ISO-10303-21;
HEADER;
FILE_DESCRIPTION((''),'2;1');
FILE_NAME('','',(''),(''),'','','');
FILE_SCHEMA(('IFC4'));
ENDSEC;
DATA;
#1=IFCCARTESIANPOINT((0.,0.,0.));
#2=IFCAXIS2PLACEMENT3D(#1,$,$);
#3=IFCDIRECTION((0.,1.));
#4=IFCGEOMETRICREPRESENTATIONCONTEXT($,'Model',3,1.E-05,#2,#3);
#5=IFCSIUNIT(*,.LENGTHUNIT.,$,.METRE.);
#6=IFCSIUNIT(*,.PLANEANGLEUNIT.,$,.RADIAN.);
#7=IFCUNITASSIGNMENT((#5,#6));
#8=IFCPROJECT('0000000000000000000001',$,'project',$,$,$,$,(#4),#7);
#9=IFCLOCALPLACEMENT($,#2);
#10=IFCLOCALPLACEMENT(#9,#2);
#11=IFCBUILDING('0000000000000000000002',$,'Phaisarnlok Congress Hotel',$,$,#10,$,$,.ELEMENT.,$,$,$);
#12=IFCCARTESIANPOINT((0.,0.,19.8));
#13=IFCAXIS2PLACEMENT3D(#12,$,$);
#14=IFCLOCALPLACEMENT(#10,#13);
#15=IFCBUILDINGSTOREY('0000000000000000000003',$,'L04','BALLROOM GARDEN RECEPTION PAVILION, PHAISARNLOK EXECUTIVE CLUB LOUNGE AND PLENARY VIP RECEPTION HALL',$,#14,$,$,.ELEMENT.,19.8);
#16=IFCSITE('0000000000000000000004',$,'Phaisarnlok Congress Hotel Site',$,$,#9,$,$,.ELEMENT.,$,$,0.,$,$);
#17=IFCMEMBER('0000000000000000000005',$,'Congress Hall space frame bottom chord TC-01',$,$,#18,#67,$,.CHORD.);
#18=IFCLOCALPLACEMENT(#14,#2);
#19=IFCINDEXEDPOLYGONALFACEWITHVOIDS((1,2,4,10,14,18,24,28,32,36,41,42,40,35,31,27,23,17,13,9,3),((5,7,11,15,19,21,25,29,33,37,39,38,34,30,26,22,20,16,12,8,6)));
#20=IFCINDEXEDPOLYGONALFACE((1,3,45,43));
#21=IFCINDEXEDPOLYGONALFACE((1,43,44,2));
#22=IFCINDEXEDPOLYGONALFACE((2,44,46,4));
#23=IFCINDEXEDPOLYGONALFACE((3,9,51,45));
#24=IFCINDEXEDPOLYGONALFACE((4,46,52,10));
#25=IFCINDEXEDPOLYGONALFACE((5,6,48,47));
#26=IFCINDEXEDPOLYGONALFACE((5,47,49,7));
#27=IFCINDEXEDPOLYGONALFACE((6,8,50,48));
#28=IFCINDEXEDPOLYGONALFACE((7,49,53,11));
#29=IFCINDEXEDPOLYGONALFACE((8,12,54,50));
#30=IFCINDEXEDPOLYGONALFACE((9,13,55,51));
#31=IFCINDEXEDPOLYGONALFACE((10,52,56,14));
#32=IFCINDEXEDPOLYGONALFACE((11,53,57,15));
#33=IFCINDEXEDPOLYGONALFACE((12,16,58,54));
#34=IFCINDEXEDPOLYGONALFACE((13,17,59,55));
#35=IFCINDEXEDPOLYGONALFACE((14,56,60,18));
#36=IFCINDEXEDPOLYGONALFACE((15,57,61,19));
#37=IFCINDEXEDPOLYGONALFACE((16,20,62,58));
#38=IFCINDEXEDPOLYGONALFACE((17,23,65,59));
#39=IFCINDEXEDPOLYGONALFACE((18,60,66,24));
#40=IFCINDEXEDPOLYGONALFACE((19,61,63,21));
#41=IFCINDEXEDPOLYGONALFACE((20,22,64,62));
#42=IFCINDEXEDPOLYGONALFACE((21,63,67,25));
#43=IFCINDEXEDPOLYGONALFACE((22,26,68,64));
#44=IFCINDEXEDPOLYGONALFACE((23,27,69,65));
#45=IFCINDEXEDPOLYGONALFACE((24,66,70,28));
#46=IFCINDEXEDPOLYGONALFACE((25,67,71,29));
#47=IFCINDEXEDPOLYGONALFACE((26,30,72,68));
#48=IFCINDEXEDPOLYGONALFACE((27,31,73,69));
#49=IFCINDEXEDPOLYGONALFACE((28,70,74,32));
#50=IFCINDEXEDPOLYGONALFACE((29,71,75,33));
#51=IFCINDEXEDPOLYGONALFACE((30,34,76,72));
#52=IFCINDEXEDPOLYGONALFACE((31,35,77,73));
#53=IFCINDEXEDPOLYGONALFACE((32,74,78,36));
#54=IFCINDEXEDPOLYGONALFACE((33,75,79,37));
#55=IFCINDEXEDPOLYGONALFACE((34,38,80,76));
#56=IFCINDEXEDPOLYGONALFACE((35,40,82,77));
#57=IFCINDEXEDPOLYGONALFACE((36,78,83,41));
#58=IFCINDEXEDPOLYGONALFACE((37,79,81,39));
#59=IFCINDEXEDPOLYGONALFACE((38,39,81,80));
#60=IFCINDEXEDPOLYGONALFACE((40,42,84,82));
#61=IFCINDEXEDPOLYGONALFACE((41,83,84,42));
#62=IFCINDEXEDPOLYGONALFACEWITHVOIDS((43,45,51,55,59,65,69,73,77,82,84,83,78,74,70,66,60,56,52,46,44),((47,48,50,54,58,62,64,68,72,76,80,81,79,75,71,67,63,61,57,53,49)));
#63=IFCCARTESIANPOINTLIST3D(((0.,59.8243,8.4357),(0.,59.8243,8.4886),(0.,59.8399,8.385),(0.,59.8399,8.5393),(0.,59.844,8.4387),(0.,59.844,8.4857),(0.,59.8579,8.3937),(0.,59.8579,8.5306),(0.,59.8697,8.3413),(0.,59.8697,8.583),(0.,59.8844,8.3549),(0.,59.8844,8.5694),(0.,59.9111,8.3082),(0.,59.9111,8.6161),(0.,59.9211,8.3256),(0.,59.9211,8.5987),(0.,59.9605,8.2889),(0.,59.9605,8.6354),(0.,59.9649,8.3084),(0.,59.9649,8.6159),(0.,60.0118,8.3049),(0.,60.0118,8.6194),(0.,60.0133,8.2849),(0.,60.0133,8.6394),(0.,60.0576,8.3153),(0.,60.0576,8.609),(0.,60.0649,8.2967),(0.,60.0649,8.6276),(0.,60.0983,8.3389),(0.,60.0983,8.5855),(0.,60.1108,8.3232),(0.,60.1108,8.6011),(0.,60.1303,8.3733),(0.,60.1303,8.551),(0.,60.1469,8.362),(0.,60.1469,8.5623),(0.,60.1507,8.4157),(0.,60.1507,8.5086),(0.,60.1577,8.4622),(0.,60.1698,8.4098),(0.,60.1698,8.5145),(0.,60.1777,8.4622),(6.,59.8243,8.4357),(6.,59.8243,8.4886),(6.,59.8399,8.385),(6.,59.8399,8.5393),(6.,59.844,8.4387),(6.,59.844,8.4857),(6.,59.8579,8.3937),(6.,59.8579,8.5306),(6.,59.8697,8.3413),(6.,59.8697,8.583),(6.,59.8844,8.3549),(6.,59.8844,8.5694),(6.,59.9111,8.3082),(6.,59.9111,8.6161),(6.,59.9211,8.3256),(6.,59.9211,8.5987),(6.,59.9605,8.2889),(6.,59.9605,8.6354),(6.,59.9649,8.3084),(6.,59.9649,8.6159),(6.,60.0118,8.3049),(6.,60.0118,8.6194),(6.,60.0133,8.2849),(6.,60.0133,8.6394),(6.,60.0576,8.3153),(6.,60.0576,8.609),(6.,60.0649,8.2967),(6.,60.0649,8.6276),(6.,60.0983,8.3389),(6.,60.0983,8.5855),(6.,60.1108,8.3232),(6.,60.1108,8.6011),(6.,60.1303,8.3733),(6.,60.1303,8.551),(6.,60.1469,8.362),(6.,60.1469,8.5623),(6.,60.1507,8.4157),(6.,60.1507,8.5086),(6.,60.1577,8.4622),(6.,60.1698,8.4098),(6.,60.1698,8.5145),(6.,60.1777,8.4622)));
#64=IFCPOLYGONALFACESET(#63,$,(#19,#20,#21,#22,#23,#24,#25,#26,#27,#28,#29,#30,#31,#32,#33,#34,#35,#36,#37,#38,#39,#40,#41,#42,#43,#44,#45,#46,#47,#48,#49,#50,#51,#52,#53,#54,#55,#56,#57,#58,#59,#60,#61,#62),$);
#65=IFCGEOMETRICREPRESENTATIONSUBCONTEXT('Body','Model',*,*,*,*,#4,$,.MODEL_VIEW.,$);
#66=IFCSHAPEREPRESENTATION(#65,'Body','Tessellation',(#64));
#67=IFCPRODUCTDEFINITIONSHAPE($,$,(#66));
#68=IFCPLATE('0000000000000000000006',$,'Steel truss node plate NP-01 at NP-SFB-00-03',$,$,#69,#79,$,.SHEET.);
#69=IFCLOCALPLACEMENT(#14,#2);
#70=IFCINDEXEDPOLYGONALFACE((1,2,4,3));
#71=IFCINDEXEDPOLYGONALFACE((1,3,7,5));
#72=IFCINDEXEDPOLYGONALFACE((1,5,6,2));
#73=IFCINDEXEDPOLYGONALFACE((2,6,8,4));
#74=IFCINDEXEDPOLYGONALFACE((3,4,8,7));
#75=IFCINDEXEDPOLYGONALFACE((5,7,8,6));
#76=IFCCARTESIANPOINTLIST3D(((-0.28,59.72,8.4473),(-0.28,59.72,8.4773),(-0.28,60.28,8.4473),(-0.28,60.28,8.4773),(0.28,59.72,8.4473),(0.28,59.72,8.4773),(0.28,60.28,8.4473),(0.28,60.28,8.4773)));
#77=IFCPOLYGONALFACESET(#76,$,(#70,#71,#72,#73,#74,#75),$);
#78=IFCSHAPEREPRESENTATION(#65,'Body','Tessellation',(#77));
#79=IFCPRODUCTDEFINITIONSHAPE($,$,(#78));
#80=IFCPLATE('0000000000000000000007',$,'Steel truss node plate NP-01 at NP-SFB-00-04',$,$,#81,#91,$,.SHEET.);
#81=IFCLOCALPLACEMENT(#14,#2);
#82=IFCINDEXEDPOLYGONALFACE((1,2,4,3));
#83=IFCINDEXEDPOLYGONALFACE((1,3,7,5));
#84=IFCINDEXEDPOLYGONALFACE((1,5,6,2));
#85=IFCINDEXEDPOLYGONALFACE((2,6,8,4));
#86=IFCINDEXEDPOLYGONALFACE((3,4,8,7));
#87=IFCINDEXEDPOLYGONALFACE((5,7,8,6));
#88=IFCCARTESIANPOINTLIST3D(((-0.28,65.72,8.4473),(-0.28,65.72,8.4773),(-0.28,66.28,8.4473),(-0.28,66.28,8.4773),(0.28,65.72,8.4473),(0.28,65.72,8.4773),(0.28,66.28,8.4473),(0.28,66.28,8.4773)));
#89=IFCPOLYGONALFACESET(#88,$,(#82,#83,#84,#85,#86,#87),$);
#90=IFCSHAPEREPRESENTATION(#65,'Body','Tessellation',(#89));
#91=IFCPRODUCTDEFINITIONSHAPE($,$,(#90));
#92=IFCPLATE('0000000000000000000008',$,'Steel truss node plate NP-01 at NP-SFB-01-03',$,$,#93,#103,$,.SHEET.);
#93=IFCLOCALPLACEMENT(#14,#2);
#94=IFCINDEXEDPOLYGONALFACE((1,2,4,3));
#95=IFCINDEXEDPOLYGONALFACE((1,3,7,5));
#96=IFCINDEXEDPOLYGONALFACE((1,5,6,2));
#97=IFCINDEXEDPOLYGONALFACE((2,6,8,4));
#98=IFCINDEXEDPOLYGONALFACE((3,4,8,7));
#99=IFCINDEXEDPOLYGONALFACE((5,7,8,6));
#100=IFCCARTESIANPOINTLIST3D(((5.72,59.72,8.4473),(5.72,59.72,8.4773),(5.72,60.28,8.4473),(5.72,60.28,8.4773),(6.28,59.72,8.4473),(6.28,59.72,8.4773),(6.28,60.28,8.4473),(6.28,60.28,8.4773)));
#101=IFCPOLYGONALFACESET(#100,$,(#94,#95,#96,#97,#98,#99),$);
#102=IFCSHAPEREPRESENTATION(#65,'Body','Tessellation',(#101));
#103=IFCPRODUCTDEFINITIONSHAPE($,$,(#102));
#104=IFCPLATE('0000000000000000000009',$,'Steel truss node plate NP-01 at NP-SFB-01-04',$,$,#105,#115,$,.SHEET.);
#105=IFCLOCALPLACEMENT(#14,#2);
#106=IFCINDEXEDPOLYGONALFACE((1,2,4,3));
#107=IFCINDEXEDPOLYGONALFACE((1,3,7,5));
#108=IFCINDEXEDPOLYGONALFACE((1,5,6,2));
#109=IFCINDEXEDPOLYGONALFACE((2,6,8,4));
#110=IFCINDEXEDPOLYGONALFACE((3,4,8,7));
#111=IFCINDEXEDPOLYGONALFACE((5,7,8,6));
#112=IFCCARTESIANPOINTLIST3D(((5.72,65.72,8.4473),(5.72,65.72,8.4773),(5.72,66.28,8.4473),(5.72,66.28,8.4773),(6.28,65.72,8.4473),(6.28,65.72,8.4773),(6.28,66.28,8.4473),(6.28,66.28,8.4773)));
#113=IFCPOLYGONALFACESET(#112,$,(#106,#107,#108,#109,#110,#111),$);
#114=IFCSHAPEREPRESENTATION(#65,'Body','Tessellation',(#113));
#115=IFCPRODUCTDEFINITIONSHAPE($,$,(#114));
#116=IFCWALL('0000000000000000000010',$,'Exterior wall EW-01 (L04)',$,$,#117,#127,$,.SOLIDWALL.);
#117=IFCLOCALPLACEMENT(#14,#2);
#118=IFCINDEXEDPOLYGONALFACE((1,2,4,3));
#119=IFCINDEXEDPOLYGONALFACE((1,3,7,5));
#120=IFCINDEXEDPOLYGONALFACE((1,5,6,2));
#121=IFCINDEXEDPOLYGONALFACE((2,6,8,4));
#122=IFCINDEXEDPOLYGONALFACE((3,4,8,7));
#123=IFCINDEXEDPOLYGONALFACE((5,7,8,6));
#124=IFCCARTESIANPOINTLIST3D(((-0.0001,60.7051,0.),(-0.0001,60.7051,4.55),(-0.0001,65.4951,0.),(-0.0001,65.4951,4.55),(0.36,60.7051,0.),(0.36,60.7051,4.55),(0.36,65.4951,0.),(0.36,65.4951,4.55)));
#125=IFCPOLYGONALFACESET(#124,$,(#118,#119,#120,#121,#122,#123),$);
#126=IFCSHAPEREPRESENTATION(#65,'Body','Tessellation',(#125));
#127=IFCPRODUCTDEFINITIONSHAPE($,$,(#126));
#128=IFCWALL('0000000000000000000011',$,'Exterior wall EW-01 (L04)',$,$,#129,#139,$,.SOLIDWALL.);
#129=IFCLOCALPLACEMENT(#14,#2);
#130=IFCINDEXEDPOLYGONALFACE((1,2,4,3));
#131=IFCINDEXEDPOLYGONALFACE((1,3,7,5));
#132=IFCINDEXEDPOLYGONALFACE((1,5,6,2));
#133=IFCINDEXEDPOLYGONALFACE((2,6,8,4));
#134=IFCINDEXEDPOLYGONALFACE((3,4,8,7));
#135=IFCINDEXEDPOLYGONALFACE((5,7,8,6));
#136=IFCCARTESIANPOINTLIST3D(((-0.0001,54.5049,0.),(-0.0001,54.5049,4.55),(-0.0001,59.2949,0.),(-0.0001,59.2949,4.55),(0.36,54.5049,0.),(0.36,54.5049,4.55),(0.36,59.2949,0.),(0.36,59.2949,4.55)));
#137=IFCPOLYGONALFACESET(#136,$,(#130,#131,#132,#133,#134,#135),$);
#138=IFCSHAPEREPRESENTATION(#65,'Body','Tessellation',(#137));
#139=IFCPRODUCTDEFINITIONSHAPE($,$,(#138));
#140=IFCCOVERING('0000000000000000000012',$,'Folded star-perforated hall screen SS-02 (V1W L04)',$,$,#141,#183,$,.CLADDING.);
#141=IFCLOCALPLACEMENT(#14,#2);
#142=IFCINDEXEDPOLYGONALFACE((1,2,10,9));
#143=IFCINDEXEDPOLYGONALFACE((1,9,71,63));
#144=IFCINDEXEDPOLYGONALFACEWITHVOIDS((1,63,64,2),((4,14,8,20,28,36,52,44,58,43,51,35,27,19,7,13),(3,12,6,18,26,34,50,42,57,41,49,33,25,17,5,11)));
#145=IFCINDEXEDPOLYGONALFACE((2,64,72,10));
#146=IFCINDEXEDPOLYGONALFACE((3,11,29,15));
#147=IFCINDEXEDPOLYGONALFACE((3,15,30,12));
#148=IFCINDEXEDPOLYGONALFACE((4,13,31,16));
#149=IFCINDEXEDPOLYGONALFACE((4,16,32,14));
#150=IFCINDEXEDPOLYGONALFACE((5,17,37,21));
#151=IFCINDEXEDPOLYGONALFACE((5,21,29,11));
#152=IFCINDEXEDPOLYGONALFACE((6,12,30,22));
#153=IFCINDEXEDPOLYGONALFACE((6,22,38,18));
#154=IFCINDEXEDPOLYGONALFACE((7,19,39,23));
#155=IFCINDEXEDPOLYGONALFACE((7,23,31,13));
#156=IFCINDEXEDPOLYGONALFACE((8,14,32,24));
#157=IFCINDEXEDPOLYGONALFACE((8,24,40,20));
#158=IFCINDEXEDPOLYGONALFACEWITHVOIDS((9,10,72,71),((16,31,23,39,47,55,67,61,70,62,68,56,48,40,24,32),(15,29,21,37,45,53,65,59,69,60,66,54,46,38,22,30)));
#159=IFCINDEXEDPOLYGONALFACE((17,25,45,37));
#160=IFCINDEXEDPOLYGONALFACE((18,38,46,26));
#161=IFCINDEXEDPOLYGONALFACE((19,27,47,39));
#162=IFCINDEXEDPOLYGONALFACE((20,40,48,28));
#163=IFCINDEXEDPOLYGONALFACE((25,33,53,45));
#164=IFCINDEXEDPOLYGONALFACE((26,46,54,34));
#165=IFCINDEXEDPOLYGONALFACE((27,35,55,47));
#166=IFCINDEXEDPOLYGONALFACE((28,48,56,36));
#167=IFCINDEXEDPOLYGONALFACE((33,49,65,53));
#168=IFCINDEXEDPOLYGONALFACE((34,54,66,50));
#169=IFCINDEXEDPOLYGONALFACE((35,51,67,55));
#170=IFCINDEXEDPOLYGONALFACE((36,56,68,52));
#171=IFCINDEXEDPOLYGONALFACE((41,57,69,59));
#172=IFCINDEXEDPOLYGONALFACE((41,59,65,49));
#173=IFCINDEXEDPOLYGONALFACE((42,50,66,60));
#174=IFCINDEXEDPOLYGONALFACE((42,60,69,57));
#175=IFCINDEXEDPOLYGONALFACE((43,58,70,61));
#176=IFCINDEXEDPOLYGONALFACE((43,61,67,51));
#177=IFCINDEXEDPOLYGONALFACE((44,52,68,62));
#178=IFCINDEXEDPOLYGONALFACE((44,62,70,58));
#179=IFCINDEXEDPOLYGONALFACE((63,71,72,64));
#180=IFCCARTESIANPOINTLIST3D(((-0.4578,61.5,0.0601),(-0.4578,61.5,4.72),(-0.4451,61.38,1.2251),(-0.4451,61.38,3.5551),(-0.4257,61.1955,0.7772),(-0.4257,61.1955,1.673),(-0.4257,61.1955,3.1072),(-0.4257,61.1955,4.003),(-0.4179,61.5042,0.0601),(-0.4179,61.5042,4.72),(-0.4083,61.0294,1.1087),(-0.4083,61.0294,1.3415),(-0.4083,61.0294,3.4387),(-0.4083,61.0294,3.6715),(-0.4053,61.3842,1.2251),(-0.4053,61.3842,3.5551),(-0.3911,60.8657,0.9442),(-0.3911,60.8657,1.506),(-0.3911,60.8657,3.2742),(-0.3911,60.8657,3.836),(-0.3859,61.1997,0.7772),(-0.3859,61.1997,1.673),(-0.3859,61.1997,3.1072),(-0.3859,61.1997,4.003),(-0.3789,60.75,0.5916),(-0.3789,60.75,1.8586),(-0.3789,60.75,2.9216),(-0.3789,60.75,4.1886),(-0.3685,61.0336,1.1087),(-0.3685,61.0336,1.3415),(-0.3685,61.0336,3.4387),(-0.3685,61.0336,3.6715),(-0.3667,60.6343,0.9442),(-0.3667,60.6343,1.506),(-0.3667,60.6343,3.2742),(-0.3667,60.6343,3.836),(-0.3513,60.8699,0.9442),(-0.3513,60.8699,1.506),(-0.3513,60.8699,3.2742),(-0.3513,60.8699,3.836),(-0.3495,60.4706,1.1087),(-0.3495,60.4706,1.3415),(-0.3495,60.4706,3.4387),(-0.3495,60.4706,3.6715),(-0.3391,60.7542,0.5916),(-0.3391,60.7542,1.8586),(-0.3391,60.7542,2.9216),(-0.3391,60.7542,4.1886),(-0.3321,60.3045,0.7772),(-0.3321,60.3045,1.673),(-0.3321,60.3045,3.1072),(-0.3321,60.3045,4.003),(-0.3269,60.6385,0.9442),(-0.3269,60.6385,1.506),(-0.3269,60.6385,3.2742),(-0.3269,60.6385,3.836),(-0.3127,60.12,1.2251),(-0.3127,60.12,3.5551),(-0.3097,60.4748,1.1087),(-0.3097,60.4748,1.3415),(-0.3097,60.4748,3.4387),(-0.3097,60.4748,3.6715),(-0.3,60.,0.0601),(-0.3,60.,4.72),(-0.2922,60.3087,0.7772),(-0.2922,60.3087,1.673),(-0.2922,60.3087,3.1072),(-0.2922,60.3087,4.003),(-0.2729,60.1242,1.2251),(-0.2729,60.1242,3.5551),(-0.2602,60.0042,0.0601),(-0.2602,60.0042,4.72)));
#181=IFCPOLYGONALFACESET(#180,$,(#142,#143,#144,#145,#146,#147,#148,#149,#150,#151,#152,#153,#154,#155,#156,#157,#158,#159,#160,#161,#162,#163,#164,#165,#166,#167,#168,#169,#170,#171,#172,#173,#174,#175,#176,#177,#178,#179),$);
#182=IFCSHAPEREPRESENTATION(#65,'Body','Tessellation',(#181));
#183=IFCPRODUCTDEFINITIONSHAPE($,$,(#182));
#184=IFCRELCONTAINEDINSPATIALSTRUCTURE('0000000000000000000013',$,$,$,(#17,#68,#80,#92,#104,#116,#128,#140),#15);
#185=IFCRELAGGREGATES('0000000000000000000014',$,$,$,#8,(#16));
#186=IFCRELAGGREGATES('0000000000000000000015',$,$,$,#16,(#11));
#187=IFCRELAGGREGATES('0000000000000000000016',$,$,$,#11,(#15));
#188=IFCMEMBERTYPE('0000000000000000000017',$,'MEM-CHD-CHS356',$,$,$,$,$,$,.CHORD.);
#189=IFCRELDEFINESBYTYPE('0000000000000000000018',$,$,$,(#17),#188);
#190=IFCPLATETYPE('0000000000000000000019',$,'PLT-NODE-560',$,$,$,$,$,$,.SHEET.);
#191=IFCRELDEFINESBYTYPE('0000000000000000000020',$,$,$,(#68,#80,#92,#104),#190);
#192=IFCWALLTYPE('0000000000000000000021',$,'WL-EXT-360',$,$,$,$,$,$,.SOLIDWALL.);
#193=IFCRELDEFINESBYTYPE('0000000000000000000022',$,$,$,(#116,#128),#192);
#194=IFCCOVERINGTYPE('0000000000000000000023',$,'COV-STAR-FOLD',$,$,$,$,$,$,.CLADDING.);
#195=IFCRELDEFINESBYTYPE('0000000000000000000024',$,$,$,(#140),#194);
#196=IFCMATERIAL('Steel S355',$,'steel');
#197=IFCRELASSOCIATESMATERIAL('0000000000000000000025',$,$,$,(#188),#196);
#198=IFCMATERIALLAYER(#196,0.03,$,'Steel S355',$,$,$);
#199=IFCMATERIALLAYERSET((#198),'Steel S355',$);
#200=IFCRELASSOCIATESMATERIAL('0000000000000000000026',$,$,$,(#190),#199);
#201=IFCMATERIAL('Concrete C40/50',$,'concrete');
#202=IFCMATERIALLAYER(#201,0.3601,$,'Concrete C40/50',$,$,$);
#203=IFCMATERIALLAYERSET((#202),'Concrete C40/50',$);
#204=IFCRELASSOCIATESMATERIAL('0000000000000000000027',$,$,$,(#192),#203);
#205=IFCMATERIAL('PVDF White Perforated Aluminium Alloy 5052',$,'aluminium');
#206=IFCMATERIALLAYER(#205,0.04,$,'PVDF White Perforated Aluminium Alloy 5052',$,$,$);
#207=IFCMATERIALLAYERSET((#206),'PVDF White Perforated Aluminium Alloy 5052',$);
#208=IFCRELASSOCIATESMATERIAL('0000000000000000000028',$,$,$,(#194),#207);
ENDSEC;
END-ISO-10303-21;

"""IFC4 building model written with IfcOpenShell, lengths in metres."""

from ifc_helpers import new_model, si_unit, direction, frame, frame_2d, origin, origin_2d, place, context, subcontext, project, spatial, polyline, rectangle, hollow_circle, outline, extrude, material, layer, layer_set, material_profile, profile_set, type_object, element, save


model = new_model("IFC4")

# Units and contexts
model_context = context("Model", 3, precision=1e-05, world=origin(), true_north=direction((0.0, 1.0)))
body_context = subcontext(model_context, "Body", "Model", "MODEL_VIEW")
ifc_project = project(units=[si_unit("LENGTHUNIT", "METRE"), si_unit("PLANEANGLEUNIT", "RADIAN")], contexts=[model_context])

# Site, building, storey
site_placement = place(None, origin())
site = spatial("IfcSite", under=ifc_project, at=site_placement, Name="Phaisarnlok Congress Hotel Site", CompositionType="ELEMENT", RefElevation=0.0)
building_placement = place(site_placement, origin())
building = spatial("IfcBuilding", under=site, at=building_placement, Name="Phaisarnlok Congress Hotel", CompositionType="ELEMENT")
storey_placement = place(building_placement, frame((0.0, 0.0, 19.8)))
storey = spatial("IfcBuildingStorey", under=building, at=storey_placement, Name="L04", Description="BALLROOM GARDEN RECEPTION PAVILION, PHAISARNLOK EXECUTIVE CLUB LOUNGE AND PLENARY VIP RECEPTION HALL", CompositionType="ELEMENT", Elevation=19.8)

# Shared definitions
ifc_material_1 = material(Name="Steel S355", Category="steel")

# Member
ifc_material_profile_1 = material_profile(ifc_material_1, hollow_circle(Radius=0.1777, WallThickness=0.02, at=origin_2d()), Name="CHS 355.6x20")
ifc_profile_set_1 = profile_set([ifc_material_profile_1], Name="Steel S355")
member_type_1 = type_object("IfcMemberType", Name="MEM-CHD-CHS356", PredefinedType="CHORD", material=ifc_profile_set_1)
member_1_placement = place(storey_placement, frame((0.0, 60.0, 8.4622), z_axis=(1.0, 0.0, 0.0), x_axis=(0.0, 1.0, 0.0)))
element("IfcMember", 1, at=member_1_placement, inside=storey, type_object=member_type_1, Name="Congress Hall space frame bottom chord TC-01", PredefinedType="CHORD", context=body_context, shape_type="SweptSolid", body=[
    extrude(hollow_circle(Radius=0.1777, WallThickness=0.02, at=origin_2d()), origin(), (0.0, 0.0, 1.0), 6.0),
])

# Plates
ifc_layer_1 = layer(ifc_material_1, 0.03, Name="Steel S355")
ifc_layer_set_1 = layer_set([ifc_layer_1], Name="Steel S355")
plate_type = type_object("IfcPlateType", Name="PLT-NODE-560", PredefinedType="SHEET", material=ifc_layer_set_1)
for number, where, z_axis, x_axis, name in (
    (2, (0.0, 60.0, 8.4473), (0.0, 0.0, 1.0), (1.0, 0.0, 0.0), "Steel truss node plate NP-01 at NP-SFB-00-03"),
    (3, (0.0, 66.0, 8.4473), (0.0, 0.0, 1.0), (1.0, 0.0, 0.0), "Steel truss node plate NP-01 at NP-SFB-00-04"),
    (4, (6.0, 60.0, 8.4473), (0.0, 0.0, 1.0), (1.0, 0.0, 0.0), "Steel truss node plate NP-01 at NP-SFB-01-03"),
    (5, (6.0, 66.0, 8.4473), (0.0, 0.0, 1.0), (1.0, 0.0, 0.0), "Steel truss node plate NP-01 at NP-SFB-01-04"),
):
    element("IfcPlate", number, at=place(storey_placement, frame(where, z_axis=z_axis, x_axis=x_axis)), inside=storey, type_object=plate_type, Name=name, PredefinedType="SHEET", context=body_context, shape_type="SweptSolid", body=[
        extrude(rectangle(XDim=0.5601, YDim=0.5601, at=origin_2d()), origin(), (0.0, 0.0, 1.0), 0.03),
    ])

# Walls
ifc_material_2 = material(Name="Concrete C40/50", Category="concrete")
ifc_layer_2 = layer(ifc_material_2, 0.3601, Name="Concrete C40/50")
ifc_layer_set_2 = layer_set([ifc_layer_2], Name="Concrete C40/50")
wall_type = type_object("IfcWallType", Name="WL-EXT-360", PredefinedType="SOLIDWALL", material=ifc_layer_set_2)
for number, where, z_axis, x_axis, name in (
    (6, (0.1799, 65.4951, 0.0), (0.0, 0.0, 1.0), (0.0, -1.0, 0.0), "Exterior wall EW-01 (L04)"),
    (7, (0.1799, 59.2949, 0.0), (0.0, 0.0, 1.0), (0.0, -1.0, 0.0), "Exterior wall EW-01 (L04)"),
):
    element("IfcWall", number, at=place(storey_placement, frame(where, z_axis=z_axis, x_axis=x_axis)), inside=storey, type_object=wall_type, Name=name, PredefinedType="SOLIDWALL", context=body_context, shape_type="SweptSolid", body=[
        extrude(rectangle(XDim=4.79, YDim=0.3601, at=frame_2d((2.395, 0.0))), origin(), (0.0, 0.0, 1.0), 4.55),
    ])

# Covering
ifc_material_3 = material(Name="PVDF White Perforated Aluminium Alloy 5052", Category="aluminium")
ifc_layer_3 = layer(ifc_material_3, 0.04, Name="PVDF White Perforated Aluminium Alloy 5052")
ifc_layer_set_3 = layer_set([ifc_layer_3], Name="PVDF White Perforated Aluminium Alloy 5052")
covering_type = type_object("IfcCoveringType", Name="COV-STAR-FOLD", PredefinedType="CLADDING", material=ifc_layer_set_3)
for number, where, z_axis, x_axis, name in (
    (8, (-0.3, 60.0, 0.0601), (0.994518, 0.104567, 0.0), (-0.104567, 0.994518, 0.0), "Folded star-perforated hall screen SS-02 (V1W L04)"),
):
    element("IfcCovering", number, at=place(storey_placement, frame(where, z_axis=z_axis, x_axis=x_axis)), inside=storey, type_object=covering_type, Name=name, PredefinedType="CLADDING", context=body_context, shape_type="SweptSolid", body=[
        extrude(outline(polyline([(0.0, 0.0), (1.5083, 0.0), (1.5083, 4.6599), (0.0, 4.6599), (0.0, 0.0)]), holes=[polyline([(1.0351, 1.0486), (1.2021, 0.7171), (0.8705, 0.8841), (0.7541, 0.5315), (0.6378, 0.8841), (0.3062, 0.7171), (0.4732, 1.0486), (0.1207, 1.165), (0.4732, 1.2814), (0.3062, 1.6129), (0.6378, 1.4459), (0.7541, 1.7985), (0.8705, 1.4459), (1.2021, 1.6129), (1.0351, 1.2814), (1.3876, 1.165), (1.0351, 1.0486)]), polyline([(1.0351, 3.3786), (1.2021, 3.0471), (0.8705, 3.2141), (0.7541, 2.8615), (0.6378, 3.2141), (0.3062, 3.0471), (0.4732, 3.3786), (0.1207, 3.495), (0.4732, 3.6114), (0.3062, 3.9429), (0.6378, 3.7759), (0.7541, 4.1285), (0.8705, 3.7759), (1.2021, 3.9429), (1.0351, 3.6114), (1.3876, 3.495), (1.0351, 3.3786)])]), origin(), (0.0, 0.0, 1.0), 0.04),
    ])

save(model, "model.ifc")
